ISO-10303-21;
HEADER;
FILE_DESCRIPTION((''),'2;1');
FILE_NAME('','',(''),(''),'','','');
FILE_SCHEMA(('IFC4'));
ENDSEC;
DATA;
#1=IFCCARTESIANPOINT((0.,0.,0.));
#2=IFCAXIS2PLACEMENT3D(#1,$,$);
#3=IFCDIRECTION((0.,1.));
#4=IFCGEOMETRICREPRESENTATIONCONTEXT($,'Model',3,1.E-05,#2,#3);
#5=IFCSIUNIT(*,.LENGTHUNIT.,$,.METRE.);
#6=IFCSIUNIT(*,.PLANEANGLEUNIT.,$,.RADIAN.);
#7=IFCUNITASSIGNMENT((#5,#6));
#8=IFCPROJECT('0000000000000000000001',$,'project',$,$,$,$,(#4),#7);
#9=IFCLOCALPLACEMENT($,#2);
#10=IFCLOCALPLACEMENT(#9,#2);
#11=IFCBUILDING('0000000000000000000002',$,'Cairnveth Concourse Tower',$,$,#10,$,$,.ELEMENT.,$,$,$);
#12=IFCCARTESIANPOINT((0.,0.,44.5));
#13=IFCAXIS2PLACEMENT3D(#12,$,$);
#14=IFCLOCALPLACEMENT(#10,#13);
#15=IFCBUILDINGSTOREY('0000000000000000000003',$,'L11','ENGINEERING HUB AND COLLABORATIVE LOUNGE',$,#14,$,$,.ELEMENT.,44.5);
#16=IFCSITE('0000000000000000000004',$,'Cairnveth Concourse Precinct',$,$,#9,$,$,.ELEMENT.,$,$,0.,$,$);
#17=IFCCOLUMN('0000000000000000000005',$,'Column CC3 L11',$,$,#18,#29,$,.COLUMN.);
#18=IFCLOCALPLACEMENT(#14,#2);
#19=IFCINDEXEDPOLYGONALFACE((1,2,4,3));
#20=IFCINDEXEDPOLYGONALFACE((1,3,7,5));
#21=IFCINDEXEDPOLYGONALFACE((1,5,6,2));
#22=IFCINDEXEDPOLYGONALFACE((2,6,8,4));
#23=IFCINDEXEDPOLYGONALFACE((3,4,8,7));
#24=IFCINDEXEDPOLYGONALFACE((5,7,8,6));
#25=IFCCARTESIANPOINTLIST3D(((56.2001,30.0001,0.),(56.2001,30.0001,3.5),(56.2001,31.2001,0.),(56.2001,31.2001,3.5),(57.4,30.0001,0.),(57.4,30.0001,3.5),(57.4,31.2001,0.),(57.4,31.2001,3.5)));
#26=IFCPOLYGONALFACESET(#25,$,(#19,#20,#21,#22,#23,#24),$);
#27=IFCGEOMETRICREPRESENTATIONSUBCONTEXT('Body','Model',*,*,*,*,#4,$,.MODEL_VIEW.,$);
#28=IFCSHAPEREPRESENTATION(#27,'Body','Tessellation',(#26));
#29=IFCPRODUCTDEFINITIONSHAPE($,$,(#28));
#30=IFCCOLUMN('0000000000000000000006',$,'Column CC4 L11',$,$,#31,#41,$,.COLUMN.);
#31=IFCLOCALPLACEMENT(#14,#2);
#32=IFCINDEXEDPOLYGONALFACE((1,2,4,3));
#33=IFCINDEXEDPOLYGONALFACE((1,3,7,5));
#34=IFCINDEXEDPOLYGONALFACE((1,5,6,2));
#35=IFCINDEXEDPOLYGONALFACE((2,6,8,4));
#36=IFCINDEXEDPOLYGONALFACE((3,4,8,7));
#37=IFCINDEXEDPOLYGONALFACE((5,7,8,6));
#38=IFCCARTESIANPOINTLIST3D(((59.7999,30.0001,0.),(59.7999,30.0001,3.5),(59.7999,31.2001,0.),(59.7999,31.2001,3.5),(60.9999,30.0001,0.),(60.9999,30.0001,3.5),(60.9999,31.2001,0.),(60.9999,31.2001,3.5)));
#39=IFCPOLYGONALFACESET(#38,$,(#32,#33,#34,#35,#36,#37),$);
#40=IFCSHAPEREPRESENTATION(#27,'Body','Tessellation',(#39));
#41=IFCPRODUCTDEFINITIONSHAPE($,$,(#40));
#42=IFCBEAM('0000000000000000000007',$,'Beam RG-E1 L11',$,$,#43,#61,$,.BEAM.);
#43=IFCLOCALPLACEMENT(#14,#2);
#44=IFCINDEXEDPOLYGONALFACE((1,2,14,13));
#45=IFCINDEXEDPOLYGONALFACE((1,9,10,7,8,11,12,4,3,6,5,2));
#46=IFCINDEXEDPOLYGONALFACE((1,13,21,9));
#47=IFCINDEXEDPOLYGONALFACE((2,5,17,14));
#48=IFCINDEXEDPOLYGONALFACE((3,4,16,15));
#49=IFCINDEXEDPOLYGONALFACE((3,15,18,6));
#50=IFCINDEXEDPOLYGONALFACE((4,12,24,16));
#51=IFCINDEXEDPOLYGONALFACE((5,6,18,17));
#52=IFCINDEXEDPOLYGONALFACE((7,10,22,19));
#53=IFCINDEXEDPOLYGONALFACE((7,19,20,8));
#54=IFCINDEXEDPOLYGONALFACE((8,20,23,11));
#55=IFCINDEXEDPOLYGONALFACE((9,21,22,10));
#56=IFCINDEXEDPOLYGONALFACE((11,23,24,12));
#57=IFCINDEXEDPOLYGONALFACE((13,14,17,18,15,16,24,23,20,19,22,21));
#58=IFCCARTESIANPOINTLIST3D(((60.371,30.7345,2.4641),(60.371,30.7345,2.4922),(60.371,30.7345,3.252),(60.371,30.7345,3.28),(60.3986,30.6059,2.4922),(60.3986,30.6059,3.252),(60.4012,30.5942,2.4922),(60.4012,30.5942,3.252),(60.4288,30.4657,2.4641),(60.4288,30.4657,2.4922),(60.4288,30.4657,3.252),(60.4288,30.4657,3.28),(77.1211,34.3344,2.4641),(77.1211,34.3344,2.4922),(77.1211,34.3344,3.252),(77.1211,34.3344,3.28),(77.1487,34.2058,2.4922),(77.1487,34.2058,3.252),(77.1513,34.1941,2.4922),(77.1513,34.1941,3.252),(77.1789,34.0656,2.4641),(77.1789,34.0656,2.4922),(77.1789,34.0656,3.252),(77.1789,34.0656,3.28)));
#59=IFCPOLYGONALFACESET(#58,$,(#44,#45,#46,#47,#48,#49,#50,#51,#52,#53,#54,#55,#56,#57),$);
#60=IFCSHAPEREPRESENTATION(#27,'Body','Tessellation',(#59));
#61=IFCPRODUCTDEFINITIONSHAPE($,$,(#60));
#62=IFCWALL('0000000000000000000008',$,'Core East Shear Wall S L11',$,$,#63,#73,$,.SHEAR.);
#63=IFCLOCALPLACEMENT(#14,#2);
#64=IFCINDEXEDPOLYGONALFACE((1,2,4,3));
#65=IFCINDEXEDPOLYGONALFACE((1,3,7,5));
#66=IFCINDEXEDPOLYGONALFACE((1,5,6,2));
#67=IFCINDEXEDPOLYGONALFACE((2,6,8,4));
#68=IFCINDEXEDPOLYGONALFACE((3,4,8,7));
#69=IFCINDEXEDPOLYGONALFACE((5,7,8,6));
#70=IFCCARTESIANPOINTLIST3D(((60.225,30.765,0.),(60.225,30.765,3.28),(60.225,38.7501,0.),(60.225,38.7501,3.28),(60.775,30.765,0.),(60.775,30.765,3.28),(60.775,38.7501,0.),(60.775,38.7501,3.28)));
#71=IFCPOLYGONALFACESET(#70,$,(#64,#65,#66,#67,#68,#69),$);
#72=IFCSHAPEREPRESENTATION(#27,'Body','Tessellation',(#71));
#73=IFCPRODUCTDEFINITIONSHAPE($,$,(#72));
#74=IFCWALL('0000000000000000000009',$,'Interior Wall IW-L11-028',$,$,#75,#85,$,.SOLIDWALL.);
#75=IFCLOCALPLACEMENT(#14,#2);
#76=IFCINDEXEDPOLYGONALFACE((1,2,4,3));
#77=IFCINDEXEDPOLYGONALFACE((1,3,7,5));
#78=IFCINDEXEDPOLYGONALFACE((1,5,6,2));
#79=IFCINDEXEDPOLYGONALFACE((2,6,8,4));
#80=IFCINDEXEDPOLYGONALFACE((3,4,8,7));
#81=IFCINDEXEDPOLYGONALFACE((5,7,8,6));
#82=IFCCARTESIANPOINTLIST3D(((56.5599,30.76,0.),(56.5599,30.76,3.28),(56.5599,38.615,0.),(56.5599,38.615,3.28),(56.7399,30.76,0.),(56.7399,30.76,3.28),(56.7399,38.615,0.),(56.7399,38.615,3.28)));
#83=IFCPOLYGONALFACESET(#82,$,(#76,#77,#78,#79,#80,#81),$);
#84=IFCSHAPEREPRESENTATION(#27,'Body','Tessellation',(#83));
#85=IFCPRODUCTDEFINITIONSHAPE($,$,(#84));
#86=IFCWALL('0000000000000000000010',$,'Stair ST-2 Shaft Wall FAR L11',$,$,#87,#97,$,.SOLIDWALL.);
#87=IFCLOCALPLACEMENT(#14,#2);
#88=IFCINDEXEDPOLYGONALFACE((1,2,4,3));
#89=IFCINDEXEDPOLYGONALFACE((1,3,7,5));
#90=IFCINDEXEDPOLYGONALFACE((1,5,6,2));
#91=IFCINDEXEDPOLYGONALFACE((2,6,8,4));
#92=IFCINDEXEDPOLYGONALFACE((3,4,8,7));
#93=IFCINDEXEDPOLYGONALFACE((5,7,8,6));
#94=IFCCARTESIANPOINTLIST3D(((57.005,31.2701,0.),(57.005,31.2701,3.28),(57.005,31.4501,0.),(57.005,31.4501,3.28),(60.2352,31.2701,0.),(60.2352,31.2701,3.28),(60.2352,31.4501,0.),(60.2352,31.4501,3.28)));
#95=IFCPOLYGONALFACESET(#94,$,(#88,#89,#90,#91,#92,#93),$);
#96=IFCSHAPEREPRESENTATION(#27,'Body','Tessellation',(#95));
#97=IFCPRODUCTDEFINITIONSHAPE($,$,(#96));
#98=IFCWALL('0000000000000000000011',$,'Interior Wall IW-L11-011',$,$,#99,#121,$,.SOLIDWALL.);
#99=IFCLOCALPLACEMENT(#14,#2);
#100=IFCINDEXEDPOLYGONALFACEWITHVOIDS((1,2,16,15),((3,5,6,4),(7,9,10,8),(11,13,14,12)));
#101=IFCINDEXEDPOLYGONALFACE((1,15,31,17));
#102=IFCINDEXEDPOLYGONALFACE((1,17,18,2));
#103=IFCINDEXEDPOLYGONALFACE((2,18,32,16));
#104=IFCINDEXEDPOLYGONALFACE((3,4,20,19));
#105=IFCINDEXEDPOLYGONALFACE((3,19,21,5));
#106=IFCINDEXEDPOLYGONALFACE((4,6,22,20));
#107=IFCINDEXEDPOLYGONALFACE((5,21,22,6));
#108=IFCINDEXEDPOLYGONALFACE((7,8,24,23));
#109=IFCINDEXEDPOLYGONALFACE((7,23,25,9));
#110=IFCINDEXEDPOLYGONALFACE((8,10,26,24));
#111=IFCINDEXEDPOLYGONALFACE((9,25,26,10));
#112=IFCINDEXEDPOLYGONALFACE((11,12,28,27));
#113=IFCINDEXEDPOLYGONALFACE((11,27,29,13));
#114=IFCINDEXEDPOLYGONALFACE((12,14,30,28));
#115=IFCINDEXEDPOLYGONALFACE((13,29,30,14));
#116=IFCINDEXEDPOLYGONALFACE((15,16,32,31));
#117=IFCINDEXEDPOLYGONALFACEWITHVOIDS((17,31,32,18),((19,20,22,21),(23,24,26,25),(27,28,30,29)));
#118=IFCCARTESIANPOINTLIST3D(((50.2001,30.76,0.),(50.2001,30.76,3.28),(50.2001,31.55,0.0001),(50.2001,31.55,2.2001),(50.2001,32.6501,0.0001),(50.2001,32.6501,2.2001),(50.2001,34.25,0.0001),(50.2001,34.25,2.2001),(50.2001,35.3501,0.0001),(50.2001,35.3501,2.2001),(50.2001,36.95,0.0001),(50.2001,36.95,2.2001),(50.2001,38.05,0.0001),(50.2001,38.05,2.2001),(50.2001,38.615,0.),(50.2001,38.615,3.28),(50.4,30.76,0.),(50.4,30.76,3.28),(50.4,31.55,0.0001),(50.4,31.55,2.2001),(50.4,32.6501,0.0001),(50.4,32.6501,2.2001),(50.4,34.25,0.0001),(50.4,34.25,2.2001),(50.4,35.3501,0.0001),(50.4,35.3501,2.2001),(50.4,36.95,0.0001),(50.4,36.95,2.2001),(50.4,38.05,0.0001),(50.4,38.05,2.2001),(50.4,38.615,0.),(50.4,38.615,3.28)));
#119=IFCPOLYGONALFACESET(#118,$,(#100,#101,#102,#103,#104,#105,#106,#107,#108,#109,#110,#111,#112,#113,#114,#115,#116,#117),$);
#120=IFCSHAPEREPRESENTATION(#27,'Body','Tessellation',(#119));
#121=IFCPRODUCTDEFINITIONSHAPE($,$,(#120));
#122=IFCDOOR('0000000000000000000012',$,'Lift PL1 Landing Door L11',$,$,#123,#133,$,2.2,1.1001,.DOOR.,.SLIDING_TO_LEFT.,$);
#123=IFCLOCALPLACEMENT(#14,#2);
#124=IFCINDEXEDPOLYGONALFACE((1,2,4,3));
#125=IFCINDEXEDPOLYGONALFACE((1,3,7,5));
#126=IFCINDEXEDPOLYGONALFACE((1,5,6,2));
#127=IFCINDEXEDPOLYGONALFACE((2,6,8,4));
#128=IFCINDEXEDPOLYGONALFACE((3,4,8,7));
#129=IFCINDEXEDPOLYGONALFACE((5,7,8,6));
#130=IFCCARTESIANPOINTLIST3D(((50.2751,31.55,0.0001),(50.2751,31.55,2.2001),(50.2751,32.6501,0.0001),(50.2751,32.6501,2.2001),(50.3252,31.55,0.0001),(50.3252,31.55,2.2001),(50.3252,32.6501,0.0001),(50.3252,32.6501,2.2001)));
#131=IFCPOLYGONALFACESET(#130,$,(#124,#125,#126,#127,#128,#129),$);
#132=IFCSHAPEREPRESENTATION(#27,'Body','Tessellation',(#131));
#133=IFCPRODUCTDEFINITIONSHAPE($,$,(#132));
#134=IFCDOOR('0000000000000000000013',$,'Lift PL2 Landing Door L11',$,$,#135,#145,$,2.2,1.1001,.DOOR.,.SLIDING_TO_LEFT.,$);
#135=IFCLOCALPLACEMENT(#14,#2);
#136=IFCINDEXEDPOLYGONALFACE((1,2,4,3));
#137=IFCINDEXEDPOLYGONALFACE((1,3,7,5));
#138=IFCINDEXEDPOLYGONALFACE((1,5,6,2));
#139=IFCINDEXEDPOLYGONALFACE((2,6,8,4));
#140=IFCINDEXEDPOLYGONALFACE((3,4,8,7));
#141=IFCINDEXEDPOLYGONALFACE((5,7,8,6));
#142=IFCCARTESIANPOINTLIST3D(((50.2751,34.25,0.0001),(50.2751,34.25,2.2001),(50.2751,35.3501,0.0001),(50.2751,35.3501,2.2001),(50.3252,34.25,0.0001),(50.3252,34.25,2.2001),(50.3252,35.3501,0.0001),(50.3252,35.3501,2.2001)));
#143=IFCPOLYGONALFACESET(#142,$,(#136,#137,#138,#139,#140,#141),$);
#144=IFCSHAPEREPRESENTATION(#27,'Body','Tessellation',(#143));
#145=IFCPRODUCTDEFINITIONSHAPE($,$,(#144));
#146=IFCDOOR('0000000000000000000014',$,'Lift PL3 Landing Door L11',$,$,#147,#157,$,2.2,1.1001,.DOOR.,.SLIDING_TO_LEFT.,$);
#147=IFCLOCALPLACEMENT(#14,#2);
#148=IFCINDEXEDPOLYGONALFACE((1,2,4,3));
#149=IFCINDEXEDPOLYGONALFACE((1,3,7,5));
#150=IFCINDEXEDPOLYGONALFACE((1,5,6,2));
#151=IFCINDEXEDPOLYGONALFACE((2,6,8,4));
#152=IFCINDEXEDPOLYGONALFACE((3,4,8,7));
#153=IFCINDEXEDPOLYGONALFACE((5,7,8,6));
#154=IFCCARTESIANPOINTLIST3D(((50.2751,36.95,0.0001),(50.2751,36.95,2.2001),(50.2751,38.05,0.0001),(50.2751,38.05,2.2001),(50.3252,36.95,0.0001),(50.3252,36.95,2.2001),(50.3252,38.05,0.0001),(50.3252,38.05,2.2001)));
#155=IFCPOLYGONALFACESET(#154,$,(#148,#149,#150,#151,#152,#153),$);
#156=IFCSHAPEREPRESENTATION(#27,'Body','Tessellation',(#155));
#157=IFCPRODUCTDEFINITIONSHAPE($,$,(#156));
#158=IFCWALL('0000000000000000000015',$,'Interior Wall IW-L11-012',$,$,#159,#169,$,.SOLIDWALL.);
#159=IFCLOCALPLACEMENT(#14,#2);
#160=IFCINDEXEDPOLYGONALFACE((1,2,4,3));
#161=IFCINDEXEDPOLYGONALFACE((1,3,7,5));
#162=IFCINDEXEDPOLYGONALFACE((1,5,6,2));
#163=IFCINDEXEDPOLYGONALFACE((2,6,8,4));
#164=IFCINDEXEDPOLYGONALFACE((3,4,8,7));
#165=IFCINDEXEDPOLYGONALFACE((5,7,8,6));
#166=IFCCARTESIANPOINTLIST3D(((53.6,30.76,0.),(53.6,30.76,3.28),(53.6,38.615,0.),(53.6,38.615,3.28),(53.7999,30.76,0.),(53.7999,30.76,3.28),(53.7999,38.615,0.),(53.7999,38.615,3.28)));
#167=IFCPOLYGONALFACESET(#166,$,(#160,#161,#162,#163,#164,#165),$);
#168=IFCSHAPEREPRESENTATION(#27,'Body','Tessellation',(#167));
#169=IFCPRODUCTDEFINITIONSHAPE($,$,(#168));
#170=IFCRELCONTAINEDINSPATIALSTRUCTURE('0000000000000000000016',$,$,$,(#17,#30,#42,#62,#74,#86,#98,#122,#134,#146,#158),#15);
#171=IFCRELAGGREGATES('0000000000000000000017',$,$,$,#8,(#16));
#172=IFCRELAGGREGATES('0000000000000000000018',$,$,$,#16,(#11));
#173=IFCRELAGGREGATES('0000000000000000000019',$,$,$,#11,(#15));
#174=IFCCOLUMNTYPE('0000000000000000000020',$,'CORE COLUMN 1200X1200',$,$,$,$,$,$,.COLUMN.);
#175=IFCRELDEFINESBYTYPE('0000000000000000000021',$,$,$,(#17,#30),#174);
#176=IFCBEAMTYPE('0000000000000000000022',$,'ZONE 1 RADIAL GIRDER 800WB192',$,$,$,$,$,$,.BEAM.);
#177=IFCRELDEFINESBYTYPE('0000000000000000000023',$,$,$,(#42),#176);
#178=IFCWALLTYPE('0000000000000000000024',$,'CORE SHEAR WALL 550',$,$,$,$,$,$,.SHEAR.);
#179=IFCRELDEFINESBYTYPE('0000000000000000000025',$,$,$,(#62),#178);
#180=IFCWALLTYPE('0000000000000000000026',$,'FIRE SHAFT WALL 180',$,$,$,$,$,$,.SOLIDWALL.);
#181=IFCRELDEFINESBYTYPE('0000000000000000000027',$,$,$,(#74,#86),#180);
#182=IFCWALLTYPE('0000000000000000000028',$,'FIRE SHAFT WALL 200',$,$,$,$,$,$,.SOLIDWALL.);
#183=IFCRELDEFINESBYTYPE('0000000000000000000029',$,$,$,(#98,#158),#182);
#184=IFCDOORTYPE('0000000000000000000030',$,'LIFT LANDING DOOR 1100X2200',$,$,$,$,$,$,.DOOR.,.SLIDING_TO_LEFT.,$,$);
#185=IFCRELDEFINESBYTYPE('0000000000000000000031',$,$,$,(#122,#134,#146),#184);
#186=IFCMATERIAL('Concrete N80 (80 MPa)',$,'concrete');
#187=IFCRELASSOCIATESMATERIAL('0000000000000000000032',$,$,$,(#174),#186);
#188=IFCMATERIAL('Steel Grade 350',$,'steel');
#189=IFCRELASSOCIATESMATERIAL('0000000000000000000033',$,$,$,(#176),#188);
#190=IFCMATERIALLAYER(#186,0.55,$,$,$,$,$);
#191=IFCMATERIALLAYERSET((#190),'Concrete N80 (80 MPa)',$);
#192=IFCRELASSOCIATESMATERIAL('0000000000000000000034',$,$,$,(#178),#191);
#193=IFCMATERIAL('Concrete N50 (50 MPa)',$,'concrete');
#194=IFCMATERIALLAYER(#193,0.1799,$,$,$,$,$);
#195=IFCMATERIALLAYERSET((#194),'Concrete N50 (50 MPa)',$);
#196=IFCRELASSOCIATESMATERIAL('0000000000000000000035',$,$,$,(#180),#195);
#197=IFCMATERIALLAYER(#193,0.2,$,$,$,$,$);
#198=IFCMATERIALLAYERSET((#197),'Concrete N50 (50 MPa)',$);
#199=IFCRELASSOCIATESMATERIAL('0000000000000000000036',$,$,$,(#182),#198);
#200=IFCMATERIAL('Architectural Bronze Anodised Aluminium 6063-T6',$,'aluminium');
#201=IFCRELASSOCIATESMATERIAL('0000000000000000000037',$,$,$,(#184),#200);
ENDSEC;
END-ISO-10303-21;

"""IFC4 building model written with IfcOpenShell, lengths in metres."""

from ifc_helpers import new_model, si_unit, direction, frame, frame_2d, origin, origin_2d, place, context, subcontext, project, spatial, rectangle, i_section, extrude, material, layer, layer_set, material_profile, profile_set, type_object, element, fill, save


model = new_model("IFC4")

# Units and contexts
model_context = context("Model", 3, precision=1e-05, world=origin(), true_north=direction((0.0, 1.0)))
body_context = subcontext(model_context, "Body", "Model", "MODEL_VIEW")
ifc_project = project(units=[si_unit("LENGTHUNIT", "METRE"), si_unit("PLANEANGLEUNIT", "RADIAN")], contexts=[model_context])

# Site, building, storey
site_placement = place(None, origin())
site = spatial("IfcSite", under=ifc_project, at=site_placement, Name="Cairnveth Concourse Precinct", CompositionType="ELEMENT", RefElevation=0.0)
building_placement = place(site_placement, origin())
building = spatial("IfcBuilding", under=site, at=building_placement, Name="Cairnveth Concourse Tower", CompositionType="ELEMENT")
storey_placement = place(building_placement, frame((0.0, 0.0, 44.5)))
storey = spatial("IfcBuildingStorey", under=building, at=storey_placement, Name="L11", Description="ENGINEERING HUB AND COLLABORATIVE LOUNGE", CompositionType="ELEMENT", Elevation=44.5)

# Columns
ifc_material_1 = material(Name="Concrete N80 (80 MPa)", Category="concrete")
ifc_material_profile_1 = material_profile(ifc_material_1, rectangle(XDim=1.2, YDim=1.2, at=origin_2d()), Name="RC-COL-1200x1200")
ifc_profile_set_1 = profile_set([ifc_material_profile_1], Name="Concrete N80 (80 MPa)")
column_type = type_object("IfcColumnType", Name="CORE COLUMN 1200X1200", PredefinedType="COLUMN", material=ifc_profile_set_1)
for number, where, z_axis, x_axis, name in (
    (1, (56.8, 30.6001, 0.0), (0.0, 0.0, 1.0), (1.0, 0.0, 0.0), "Column CC3 L11"),
    (2, (60.3999, 30.6001, 0.0), (0.0, 0.0, 1.0), (1.0, 0.0, 0.0), "Column CC4 L11"),
):
    element("IfcColumn", number, at=place(storey_placement, frame(where, z_axis=z_axis, x_axis=x_axis)), inside=storey, type_object=column_type, Name=name, PredefinedType="COLUMN", context=body_context, shape_type="SweptSolid", body=[
        extrude(rectangle(XDim=1.2, YDim=1.2, at=origin_2d()), origin(), (0.0, 0.0, 1.0), 3.5),
    ])

# Beam
ifc_material_2 = material(Name="Steel Grade 350", Category="steel")
ifc_material_profile_2 = material_profile(ifc_material_2, i_section(OverallWidth=0.2749, OverallDepth=0.8159, WebThickness=0.012, FlangeThickness=0.0281, at=origin_2d()), Name="800WB192")
ifc_profile_set_2 = profile_set([ifc_material_profile_2], Name="Steel Grade 350")
beam_type = type_object("IfcBeamType", Name="ZONE 1 RADIAL GIRDER 800WB192", PredefinedType="BEAM", material=ifc_profile_set_2)
beam_placement = place(storey_placement, frame((60.3999, 30.6001, 2.8721), z_axis=(0.977676, 0.210119, 0.0), x_axis=(-0.210119, 0.977676, 0.0)))
element("IfcBeam", 3, at=beam_placement, inside=storey, type_object=beam_type, Name="Beam RG-E1 L11", PredefinedType="BEAM", context=body_context, shape_type="SweptSolid", body=[
    extrude(i_section(OverallWidth=0.2749, OverallDepth=0.8159, WebThickness=0.012, FlangeThickness=0.0281, at=origin_2d()), origin(), (0.0, 0.0, 1.0), 17.1326),
])

# Walls
ifc_layer_1 = layer(ifc_material_1, 0.55)
ifc_layer_set_1 = layer_set([ifc_layer_1], Name="Concrete N80 (80 MPa)")
wall_type_1 = type_object("IfcWallType", Name="CORE SHEAR WALL 550", PredefinedType="SHEAR", material=ifc_layer_set_1)
wall_1_placement = place(storey_placement, frame((60.5, 30.7649, 0.0), z_axis=(0.0, 0.0, 1.0), x_axis=(0.0, 1.0, 0.0)))
element("IfcWall", 4, at=wall_1_placement, inside=storey, type_object=wall_type_1, Name="Core East Shear Wall S L11", PredefinedType="SHEAR", context=body_context, shape_type="SweptSolid", body=[
    extrude(rectangle(XDim=7.9851, YDim=0.55, at=frame_2d((3.9927, 0.0))), origin(), (0.0, 0.0, 1.0), 3.28),
])
ifc_material_3 = material(Name="Concrete N50 (50 MPa)", Category="concrete")
ifc_layer_2 = layer(ifc_material_3, 0.1799)
ifc_layer_set_2 = layer_set([ifc_layer_2], Name="Concrete N50 (50 MPa)")
wall_type_2 = type_object("IfcWallType", Name="FIRE SHAFT WALL 180", PredefinedType="SOLIDWALL", material=ifc_layer_set_2)
wall_2_placement = place(storey_placement, frame((56.6499, 30.76, 0.0), z_axis=(0.0, 0.0, 1.0), x_axis=(0.0, 1.0, 0.0)))
element("IfcWall", 5, at=wall_2_placement, inside=storey, type_object=wall_type_2, Name="Interior Wall IW-L11-028", PredefinedType="SOLIDWALL", context=body_context, shape_type="SweptSolid", body=[
    extrude(rectangle(XDim=7.855, YDim=0.1799, at=frame_2d((3.9275, 0.0))), origin(), (0.0, 0.0, 1.0), 3.28),
])
wall_3_placement = place(storey_placement, frame((57.0049, 31.3601, 0.0), z_axis=(0.0, 0.0, 1.0), x_axis=(1.0, 0.0, 0.0)))
element("IfcWall", 6, at=wall_3_placement, inside=storey, type_object=wall_type_2, Name="Stair ST-2 Shaft Wall FAR L11", PredefinedType="SOLIDWALL", context=body_context, shape_type="SweptSolid", body=[
    extrude(rectangle(XDim=3.2302, YDim=0.1799, at=frame_2d((1.6152, 0.0))), origin(), (0.0, 0.0, 1.0), 3.28),
])

# Wall, openings, doors
ifc_layer_3 = layer(ifc_material_3, 0.2)
ifc_layer_set_3 = layer_set([ifc_layer_3], Name="Concrete N50 (50 MPa)")
wall_type_3 = type_object("IfcWallType", Name="FIRE SHAFT WALL 200", PredefinedType="SOLIDWALL", material=ifc_layer_set_3)
wall_4_placement = place(storey_placement, frame((50.3, 30.76, 0.0), z_axis=(0.0, 0.0, 1.0), x_axis=(0.0, 1.0, 0.0)))
wall_4 = element("IfcWall", 7, at=wall_4_placement, inside=storey, type_object=wall_type_3, Name="Interior Wall IW-L11-011", PredefinedType="SOLIDWALL", context=body_context, shape_type="SweptSolid", body=[
    extrude(rectangle(XDim=7.855, YDim=0.2, at=frame_2d((3.9275, 0.0))), origin(), (0.0, 0.0, 1.0), 3.28),
])
opening_1_placement = place(wall_4_placement, frame((0.79, 0.0, 0.0)))
opening_1 = element("IfcOpeningElement", 8, at=opening_1_placement, cuts=wall_4, PredefinedType="OPENING", context=body_context, shape_type="SweptSolid", body=[
    extrude(rectangle(XDim=1.1001, YDim=2.2, at=frame_2d((0.55, 1.1001))), frame((0.0, 0.1099, 0.0), z_axis=(0.0, -1.0, 0.0), x_axis=(1.0, 0.0, 0.0)), (0.0, 0.0, 1.0), 0.22),
])
opening_2_placement = place(wall_4_placement, frame((3.49, 0.0, 0.0)))
opening_2 = element("IfcOpeningElement", 9, at=opening_2_placement, cuts=wall_4, PredefinedType="OPENING", context=body_context, shape_type="SweptSolid", body=[
    extrude(rectangle(XDim=1.1001, YDim=2.2, at=frame_2d((0.55, 1.1001))), frame((0.0, 0.1099, 0.0), z_axis=(0.0, -1.0, 0.0), x_axis=(1.0, 0.0, 0.0)), (0.0, 0.0, 1.0), 0.22),
])
opening_3_placement = place(wall_4_placement, frame((6.1899, 0.0, 0.0)))
opening_3 = element("IfcOpeningElement", 10, at=opening_3_placement, cuts=wall_4, PredefinedType="OPENING", context=body_context, shape_type="SweptSolid", body=[
    extrude(rectangle(XDim=1.1001, YDim=2.2, at=frame_2d((0.55, 1.1001))), frame((0.0, 0.1099, 0.0), z_axis=(0.0, -1.0, 0.0), x_axis=(1.0, 0.0, 0.0)), (0.0, 0.0, 1.0), 0.22),
])
ifc_material_4 = material(Name="Architectural Bronze Anodised Aluminium 6063-T6", Category="aluminium")
door_type = type_object("IfcDoorType", Name="LIFT LANDING DOOR 1100X2200", OperationType="SLIDING_TO_LEFT", PredefinedType="DOOR", material=ifc_material_4)
door_1_placement = place(opening_1_placement, origin())
door_1 = element("IfcDoor", 11, at=door_1_placement, inside=storey, type_object=door_type, Name="Lift PL1 Landing Door L11", OperationType="SLIDING_TO_LEFT", OverallHeight=2.2, OverallWidth=1.1001, PredefinedType="DOOR", context=body_context, shape_type="SweptSolid", body=[
    extrude(rectangle(XDim=1.1001, YDim=2.2, at=frame_2d((0.55, 1.1001))), frame((0.0, 0.0249, 0.0), z_axis=(0.0, -1.0, 0.0), x_axis=(1.0, 0.0, 0.0)), (0.0, 0.0, 1.0), 0.05),
])
fill(opening_1, door_1)
door_2_placement = place(opening_2_placement, origin())
door_2 = element("IfcDoor", 12, at=door_2_placement, inside=storey, type_object=door_type, Name="Lift PL2 Landing Door L11", OperationType="SLIDING_TO_LEFT", OverallHeight=2.2, OverallWidth=1.1001, PredefinedType="DOOR", context=body_context, shape_type="SweptSolid", body=[
    extrude(rectangle(XDim=1.1001, YDim=2.2, at=frame_2d((0.55, 1.1001))), frame((0.0, 0.0249, 0.0), z_axis=(0.0, -1.0, 0.0), x_axis=(1.0, 0.0, 0.0)), (0.0, 0.0, 1.0), 0.05),
])
fill(opening_2, door_2)
door_3_placement = place(opening_3_placement, origin())
door_3 = element("IfcDoor", 13, at=door_3_placement, inside=storey, type_object=door_type, Name="Lift PL3 Landing Door L11", OperationType="SLIDING_TO_LEFT", OverallHeight=2.2, OverallWidth=1.1001, PredefinedType="DOOR", context=body_context, shape_type="SweptSolid", body=[
    extrude(rectangle(XDim=1.1001, YDim=2.2, at=frame_2d((0.55, 1.1001))), frame((0.0, 0.0249, 0.0), z_axis=(0.0, -1.0, 0.0), x_axis=(1.0, 0.0, 0.0)), (0.0, 0.0, 1.0), 0.05),
])
fill(opening_3, door_3)

# Wall
wall_5_placement = place(storey_placement, frame((53.7, 30.76, 0.0), z_axis=(0.0, 0.0, 1.0), x_axis=(0.0, 1.0, 0.0)))
element("IfcWall", 14, at=wall_5_placement, inside=storey, type_object=wall_type_3, Name="Interior Wall IW-L11-012", PredefinedType="SOLIDWALL", context=body_context, shape_type="SweptSolid", body=[
    extrude(rectangle(XDim=7.855, YDim=0.2, at=frame_2d((3.9275, 0.0))), origin(), (0.0, 0.0, 1.0), 3.28),
])

save(model, "model.ifc")
